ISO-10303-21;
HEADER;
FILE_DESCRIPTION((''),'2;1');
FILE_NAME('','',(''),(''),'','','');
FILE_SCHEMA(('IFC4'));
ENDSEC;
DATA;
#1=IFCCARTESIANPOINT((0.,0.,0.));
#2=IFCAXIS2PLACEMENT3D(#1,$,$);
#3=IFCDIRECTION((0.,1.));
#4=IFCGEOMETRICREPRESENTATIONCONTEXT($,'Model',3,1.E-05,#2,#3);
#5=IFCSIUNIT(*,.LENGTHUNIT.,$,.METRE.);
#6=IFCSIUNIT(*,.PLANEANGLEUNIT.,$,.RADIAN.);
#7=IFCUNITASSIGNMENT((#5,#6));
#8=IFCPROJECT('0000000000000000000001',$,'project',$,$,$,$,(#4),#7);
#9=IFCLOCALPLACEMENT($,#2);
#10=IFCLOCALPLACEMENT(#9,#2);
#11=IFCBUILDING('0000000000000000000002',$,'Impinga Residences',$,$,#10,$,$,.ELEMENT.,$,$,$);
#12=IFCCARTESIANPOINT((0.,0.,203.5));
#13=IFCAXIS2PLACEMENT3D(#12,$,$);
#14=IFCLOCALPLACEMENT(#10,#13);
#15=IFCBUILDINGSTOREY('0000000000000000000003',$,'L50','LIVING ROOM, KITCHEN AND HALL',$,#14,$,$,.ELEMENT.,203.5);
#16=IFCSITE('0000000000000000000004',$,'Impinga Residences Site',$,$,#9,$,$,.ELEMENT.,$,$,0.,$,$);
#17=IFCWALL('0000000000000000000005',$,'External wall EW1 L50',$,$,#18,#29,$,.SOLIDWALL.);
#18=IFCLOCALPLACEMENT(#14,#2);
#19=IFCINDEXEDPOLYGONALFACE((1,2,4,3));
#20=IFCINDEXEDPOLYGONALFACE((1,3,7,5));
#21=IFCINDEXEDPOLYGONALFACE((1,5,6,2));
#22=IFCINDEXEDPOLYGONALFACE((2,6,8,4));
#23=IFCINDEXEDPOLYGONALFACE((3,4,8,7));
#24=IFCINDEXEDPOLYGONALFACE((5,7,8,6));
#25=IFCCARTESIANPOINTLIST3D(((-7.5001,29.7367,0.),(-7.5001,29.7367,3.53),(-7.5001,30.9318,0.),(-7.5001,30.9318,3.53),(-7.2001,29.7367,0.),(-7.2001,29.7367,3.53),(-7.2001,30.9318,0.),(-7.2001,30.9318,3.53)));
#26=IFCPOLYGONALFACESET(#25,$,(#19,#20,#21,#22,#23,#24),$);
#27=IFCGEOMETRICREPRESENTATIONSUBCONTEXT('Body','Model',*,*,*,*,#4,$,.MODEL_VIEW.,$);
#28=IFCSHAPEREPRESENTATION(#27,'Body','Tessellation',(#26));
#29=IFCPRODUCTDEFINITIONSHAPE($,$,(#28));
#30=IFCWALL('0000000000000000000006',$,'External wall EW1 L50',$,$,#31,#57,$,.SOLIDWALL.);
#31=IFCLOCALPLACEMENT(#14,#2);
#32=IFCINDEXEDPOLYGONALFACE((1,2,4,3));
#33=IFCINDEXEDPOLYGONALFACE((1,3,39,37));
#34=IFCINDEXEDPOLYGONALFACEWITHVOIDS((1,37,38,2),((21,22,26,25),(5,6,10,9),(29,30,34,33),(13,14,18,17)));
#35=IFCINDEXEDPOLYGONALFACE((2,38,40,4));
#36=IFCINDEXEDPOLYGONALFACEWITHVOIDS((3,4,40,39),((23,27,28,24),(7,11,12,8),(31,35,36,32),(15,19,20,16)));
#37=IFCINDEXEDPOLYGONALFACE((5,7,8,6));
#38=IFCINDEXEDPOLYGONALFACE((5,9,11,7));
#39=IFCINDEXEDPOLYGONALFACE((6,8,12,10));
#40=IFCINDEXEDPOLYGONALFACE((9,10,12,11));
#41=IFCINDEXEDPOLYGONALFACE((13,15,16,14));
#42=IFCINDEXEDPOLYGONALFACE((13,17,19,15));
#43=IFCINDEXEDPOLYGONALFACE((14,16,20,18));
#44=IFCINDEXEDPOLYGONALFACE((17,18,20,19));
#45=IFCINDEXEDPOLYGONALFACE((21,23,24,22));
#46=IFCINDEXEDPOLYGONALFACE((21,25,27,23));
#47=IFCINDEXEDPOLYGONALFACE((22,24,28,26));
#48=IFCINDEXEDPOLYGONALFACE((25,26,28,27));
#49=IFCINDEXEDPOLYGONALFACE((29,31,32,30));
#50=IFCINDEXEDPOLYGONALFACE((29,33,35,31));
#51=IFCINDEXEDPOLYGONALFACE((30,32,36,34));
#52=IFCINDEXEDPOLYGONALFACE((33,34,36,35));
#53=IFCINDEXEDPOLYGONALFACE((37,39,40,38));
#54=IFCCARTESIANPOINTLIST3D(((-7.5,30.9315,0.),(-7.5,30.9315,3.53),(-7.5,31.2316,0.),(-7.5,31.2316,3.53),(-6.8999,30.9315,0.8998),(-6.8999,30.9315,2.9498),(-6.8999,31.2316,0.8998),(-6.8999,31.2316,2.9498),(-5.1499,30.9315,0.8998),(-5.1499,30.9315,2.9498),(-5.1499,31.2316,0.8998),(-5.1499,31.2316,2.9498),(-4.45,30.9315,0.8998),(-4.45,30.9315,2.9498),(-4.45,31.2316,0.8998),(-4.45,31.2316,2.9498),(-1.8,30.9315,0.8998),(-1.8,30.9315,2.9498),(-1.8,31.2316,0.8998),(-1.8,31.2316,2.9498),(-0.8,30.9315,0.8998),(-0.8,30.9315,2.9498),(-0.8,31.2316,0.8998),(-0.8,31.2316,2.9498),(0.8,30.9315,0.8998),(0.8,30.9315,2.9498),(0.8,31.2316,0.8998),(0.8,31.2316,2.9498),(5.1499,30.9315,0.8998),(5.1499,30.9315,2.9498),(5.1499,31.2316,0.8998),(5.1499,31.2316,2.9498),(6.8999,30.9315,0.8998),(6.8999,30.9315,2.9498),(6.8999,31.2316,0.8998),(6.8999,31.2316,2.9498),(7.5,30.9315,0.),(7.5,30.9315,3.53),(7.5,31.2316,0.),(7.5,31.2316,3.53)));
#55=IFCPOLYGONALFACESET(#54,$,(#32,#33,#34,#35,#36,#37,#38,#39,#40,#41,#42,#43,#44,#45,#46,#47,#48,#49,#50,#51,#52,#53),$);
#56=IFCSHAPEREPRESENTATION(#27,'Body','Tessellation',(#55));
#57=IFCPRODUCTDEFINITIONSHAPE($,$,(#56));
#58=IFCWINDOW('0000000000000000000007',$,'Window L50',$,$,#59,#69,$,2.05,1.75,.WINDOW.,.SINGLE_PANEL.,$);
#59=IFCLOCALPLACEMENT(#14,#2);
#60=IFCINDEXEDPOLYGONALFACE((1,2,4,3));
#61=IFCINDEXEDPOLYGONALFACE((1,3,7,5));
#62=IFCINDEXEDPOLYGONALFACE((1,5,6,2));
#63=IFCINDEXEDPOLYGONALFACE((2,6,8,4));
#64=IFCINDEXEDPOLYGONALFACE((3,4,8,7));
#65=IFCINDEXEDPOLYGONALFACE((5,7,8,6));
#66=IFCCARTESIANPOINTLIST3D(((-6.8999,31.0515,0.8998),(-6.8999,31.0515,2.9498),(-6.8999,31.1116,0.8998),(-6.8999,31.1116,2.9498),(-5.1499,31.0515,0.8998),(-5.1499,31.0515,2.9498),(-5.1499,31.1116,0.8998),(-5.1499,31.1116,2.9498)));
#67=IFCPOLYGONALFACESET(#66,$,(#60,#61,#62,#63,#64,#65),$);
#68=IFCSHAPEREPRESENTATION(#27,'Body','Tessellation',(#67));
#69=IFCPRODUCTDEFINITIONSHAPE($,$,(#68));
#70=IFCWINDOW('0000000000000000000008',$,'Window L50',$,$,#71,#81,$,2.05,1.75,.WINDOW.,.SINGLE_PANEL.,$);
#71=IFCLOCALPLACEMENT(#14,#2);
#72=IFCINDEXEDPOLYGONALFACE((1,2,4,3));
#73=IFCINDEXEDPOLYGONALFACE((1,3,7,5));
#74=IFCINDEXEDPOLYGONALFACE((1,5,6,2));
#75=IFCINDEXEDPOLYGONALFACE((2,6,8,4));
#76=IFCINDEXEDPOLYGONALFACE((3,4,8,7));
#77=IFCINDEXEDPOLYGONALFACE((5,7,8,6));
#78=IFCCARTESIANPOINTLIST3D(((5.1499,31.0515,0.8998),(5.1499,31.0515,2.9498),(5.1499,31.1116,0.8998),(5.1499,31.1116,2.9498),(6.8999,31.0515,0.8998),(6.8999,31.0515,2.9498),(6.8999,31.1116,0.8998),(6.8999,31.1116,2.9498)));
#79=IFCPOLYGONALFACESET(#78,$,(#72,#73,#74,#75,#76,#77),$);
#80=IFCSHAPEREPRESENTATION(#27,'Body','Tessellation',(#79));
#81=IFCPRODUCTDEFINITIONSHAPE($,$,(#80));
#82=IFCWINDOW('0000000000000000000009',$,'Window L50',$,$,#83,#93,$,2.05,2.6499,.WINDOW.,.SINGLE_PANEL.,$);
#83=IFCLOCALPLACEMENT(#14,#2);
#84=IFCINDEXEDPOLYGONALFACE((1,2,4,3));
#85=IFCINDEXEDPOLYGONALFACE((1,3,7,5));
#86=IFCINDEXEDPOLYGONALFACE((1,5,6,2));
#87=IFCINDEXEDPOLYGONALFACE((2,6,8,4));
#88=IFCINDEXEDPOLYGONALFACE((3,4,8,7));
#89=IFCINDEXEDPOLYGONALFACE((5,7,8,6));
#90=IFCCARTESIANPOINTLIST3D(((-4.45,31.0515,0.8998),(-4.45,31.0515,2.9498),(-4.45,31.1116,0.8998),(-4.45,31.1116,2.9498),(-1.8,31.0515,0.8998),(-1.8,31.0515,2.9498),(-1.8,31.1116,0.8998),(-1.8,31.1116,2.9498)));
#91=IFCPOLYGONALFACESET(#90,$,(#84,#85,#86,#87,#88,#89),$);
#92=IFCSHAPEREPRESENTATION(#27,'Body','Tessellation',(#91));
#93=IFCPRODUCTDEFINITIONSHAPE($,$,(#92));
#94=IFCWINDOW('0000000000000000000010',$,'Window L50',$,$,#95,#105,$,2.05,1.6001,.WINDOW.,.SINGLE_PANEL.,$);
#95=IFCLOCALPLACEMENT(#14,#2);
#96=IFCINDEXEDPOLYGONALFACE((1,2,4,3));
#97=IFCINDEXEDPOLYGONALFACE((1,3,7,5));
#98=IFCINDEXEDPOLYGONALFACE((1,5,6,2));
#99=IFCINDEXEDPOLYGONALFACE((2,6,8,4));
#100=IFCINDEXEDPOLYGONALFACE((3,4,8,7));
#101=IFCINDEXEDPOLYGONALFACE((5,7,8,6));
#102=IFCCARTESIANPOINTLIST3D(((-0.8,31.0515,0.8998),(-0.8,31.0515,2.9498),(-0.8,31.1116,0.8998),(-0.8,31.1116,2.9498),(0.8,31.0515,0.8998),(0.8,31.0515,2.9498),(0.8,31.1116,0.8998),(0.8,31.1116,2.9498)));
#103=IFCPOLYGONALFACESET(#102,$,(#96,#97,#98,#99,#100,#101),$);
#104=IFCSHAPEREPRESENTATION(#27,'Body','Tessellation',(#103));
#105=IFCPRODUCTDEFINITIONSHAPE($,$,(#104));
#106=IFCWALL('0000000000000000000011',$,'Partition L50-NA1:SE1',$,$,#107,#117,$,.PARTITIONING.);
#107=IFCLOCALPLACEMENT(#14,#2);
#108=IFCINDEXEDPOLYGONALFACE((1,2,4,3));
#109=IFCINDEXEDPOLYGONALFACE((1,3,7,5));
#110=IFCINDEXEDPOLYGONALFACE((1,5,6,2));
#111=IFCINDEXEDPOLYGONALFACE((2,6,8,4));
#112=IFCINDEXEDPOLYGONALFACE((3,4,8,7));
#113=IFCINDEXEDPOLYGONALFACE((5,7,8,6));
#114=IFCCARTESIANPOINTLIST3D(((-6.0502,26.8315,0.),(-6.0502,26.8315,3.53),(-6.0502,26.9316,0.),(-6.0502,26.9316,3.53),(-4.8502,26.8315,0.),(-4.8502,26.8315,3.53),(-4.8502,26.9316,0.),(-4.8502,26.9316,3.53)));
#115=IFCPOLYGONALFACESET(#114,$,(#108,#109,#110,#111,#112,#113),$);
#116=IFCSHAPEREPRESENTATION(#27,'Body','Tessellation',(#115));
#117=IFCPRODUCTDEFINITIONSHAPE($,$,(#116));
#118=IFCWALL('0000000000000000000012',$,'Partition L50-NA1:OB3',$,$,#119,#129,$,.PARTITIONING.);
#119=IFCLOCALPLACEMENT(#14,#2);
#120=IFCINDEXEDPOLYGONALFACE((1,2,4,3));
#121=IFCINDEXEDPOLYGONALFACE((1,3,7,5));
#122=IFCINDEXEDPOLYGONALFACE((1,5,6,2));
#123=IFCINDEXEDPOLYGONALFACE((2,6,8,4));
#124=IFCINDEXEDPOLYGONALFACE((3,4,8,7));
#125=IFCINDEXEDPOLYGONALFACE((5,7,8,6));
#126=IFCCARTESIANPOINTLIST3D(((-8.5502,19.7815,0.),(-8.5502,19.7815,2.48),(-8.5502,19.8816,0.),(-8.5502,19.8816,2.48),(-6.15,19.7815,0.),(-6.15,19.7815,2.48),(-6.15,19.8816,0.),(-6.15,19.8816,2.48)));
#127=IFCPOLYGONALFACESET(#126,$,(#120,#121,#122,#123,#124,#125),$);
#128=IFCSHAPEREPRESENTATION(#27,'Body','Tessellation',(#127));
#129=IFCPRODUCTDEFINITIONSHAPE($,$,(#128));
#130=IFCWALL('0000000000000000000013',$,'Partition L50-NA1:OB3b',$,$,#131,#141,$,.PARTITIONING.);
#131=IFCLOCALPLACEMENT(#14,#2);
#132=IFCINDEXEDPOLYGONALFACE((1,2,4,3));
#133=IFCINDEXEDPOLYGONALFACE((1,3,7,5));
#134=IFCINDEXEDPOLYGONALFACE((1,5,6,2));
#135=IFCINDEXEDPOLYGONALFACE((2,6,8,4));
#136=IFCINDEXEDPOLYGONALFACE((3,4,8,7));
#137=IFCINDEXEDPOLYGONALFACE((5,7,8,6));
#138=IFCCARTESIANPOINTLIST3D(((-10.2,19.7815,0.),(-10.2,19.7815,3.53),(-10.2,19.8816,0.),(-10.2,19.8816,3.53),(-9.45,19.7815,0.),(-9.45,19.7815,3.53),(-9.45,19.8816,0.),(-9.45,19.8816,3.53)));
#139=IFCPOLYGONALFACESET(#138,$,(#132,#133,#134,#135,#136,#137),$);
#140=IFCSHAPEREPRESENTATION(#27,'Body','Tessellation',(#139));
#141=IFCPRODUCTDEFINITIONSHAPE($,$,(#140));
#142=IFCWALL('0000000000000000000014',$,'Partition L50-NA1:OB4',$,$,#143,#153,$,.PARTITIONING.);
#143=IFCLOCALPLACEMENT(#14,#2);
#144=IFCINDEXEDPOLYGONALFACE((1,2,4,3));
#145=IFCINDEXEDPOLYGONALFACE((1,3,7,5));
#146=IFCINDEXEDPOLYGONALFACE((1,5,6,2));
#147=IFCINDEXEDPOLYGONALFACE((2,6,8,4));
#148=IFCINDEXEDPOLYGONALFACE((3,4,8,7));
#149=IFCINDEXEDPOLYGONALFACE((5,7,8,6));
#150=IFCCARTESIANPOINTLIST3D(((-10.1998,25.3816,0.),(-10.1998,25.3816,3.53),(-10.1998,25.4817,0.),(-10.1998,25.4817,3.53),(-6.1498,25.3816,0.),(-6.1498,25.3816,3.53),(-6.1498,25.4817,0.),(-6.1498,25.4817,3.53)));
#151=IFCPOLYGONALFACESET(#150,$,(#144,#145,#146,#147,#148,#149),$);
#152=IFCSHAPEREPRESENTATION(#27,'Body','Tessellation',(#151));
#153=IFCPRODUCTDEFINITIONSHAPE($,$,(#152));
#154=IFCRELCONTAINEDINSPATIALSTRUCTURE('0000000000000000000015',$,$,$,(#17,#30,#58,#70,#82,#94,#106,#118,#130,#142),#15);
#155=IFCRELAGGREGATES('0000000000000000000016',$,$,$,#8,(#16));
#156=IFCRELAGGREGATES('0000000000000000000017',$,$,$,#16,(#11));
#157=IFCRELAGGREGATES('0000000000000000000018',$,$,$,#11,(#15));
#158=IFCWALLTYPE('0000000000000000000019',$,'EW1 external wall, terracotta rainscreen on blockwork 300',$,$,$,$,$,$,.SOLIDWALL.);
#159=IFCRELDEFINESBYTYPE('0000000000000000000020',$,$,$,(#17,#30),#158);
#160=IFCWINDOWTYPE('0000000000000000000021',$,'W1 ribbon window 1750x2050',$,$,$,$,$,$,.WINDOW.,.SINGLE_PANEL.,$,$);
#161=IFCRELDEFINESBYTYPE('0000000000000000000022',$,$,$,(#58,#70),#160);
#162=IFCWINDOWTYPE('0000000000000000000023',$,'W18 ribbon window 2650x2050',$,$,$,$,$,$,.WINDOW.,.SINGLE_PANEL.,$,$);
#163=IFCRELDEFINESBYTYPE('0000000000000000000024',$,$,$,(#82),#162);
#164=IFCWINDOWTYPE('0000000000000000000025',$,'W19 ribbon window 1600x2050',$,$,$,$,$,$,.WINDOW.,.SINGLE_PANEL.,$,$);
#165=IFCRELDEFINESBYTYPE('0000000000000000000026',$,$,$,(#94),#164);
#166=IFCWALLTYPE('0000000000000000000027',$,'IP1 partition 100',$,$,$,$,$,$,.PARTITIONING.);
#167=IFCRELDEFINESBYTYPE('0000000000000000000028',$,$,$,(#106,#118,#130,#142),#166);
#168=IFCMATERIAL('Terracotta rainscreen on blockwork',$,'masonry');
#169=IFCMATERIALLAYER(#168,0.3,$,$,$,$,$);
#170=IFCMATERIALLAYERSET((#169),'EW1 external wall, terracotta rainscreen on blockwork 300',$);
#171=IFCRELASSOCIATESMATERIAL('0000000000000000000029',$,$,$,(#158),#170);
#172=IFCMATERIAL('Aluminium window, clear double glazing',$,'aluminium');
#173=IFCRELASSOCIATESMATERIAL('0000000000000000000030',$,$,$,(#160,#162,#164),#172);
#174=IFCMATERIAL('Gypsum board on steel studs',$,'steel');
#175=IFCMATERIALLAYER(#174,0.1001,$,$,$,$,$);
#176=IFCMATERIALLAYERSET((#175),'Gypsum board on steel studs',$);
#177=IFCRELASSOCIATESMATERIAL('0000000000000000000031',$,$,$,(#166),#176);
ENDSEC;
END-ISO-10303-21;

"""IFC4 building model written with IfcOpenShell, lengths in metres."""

from ifc_helpers import new_model, si_unit, direction, frame, frame_2d, origin, place, context, subcontext, project, spatial, rectangle, extrude, material, layer, layer_set, type_object, element, fill, save


model = new_model("IFC4")

# Units and contexts
model_context = context("Model", 3, precision=1e-05, world=origin(), true_north=direction((0.0, 1.0)))
body_context = subcontext(model_context, "Body", "Model", "MODEL_VIEW")
ifc_project = project(units=[si_unit("LENGTHUNIT", "METRE"), si_unit("PLANEANGLEUNIT", "RADIAN")], contexts=[model_context])

# Site, building, storey
site_placement = place(None, origin())
site = spatial("IfcSite", under=ifc_project, at=site_placement, Name="Impinga Residences Site", CompositionType="ELEMENT", RefElevation=0.0)
building_placement = place(site_placement, origin())
building = spatial("IfcBuilding", under=site, at=building_placement, Name="Impinga Residences", CompositionType="ELEMENT")
storey_placement = place(building_placement, frame((0.0, 0.0, 203.5)))
storey = spatial("IfcBuildingStorey", under=building, at=storey_placement, Name="L50", Description="LIVING ROOM, KITCHEN AND HALL", CompositionType="ELEMENT", Elevation=203.5)

# Wall
ifc_material_1 = material(Name="Terracotta rainscreen on blockwork", Category="masonry")
ifc_layer_1 = layer(ifc_material_1, 0.3)
ifc_layer_set_1 = layer_set([ifc_layer_1], Name="EW1 external wall, terracotta rainscreen on blockwork 300")
wall_type_1 = type_object("IfcWallType", Name="EW1 external wall, terracotta rainscreen on blockwork 300", PredefinedType="SOLIDWALL", material=ifc_layer_set_1)
wall_1_placement = place(storey_placement, frame((-7.3501, 29.7366, 0.0), z_axis=(0.0, 0.0, 1.0), x_axis=(0.0, 1.0, 0.0)))
element("IfcWall", 1, at=wall_1_placement, inside=storey, type_object=wall_type_1, Name="External wall EW1 L50", PredefinedType="SOLIDWALL", context=body_context, shape_type="SweptSolid", body=[
    extrude(rectangle(XDim=1.1951, YDim=0.3, at=frame_2d((0.5977, 0.0))), origin(), (0.0, 0.0, 1.0), 3.53),
])

# Wall, openings, windows
wall_2_placement = place(storey_placement, frame((-7.5, 31.0815, 0.0), z_axis=(0.0, 0.0, 1.0), x_axis=(1.0, 0.0, 0.0)))
wall_2 = element("IfcWall", 2, at=wall_2_placement, inside=storey, type_object=wall_type_1, Name="External wall EW1 L50", PredefinedType="SOLIDWALL", context=body_context, shape_type="SweptSolid", body=[
    extrude(rectangle(XDim=15.0, YDim=0.3, at=frame_2d((7.5, 0.0))), origin(), (0.0, 0.0, 1.0), 3.53),
])
opening_1_placement = place(wall_2_placement, frame((0.6001, 0.0, 0.8999)))
opening_1 = element("IfcOpeningElement", 3, at=opening_1_placement, cuts=wall_2, PredefinedType="OPENING", context=body_context, shape_type="SweptSolid", body=[
    extrude(rectangle(XDim=1.75, YDim=2.05, at=frame_2d((0.875, 1.0249))), frame((0.0, 0.1599, 0.0), z_axis=(0.0, -1.0, 0.0), x_axis=(1.0, 0.0, 0.0)), (0.0, 0.0, 1.0), 0.3201),
])
opening_2_placement = place(wall_2_placement, frame((3.05, 0.0, 0.8999)))
opening_2 = element("IfcOpeningElement", 4, at=opening_2_placement, cuts=wall_2, PredefinedType="OPENING", context=body_context, shape_type="SweptSolid", body=[
    extrude(rectangle(XDim=2.6499, YDim=2.05, at=frame_2d((1.325, 1.0249))), frame((0.0, 0.1599, 0.0), z_axis=(0.0, -1.0, 0.0), x_axis=(1.0, 0.0, 0.0)), (0.0, 0.0, 1.0), 0.3201),
])
opening_3_placement = place(wall_2_placement, frame((6.7, 0.0, 0.8999)))
opening_3 = element("IfcOpeningElement", 5, at=opening_3_placement, cuts=wall_2, PredefinedType="OPENING", context=body_context, shape_type="SweptSolid", body=[
    extrude(rectangle(XDim=1.6001, YDim=2.05, at=frame_2d((0.8, 1.0249))), frame((0.0, 0.1599, 0.0), z_axis=(0.0, -1.0, 0.0), x_axis=(1.0, 0.0, 0.0)), (0.0, 0.0, 1.0), 0.3201),
])
opening_4_placement = place(wall_2_placement, frame((12.6499, 0.0, 0.8999)))
opening_4 = element("IfcOpeningElement", 6, at=opening_4_placement, cuts=wall_2, PredefinedType="OPENING", context=body_context, shape_type="SweptSolid", body=[
    extrude(rectangle(XDim=1.75, YDim=2.05, at=frame_2d((0.875, 1.0249))), frame((0.0, 0.1599, 0.0), z_axis=(0.0, -1.0, 0.0), x_axis=(1.0, 0.0, 0.0)), (0.0, 0.0, 1.0), 0.3201),
])
ifc_material_2 = material(Name="Aluminium window, clear double glazing", Category="aluminium")
window_type_1 = type_object("IfcWindowType", Name="W1 ribbon window 1750x2050", PartitioningType="SINGLE_PANEL", PredefinedType="WINDOW", material=ifc_material_2)
window_1_placement = place(opening_1_placement, origin())
window_1 = element("IfcWindow", 7, at=window_1_placement, inside=storey, type_object=window_type_1, Name="Window L50", OverallHeight=2.05, OverallWidth=1.75, PartitioningType="SINGLE_PANEL", PredefinedType="WINDOW", context=body_context, shape_type="SweptSolid", body=[
    extrude(rectangle(XDim=1.75, YDim=2.05, at=frame_2d((0.875, 1.0249))), frame((0.0, 0.03, 0.0), z_axis=(0.0, -1.0, 0.0), x_axis=(1.0, 0.0, 0.0)), (0.0, 0.0, 1.0), 0.0601),
])
fill(opening_1, window_1)
window_2_placement = place(opening_4_placement, origin())
window_2 = element("IfcWindow", 8, at=window_2_placement, inside=storey, type_object=window_type_1, Name="Window L50", OverallHeight=2.05, OverallWidth=1.75, PartitioningType="SINGLE_PANEL", PredefinedType="WINDOW", context=body_context, shape_type="SweptSolid", body=[
    extrude(rectangle(XDim=1.75, YDim=2.05, at=frame_2d((0.875, 1.0249))), frame((0.0, 0.03, 0.0), z_axis=(0.0, -1.0, 0.0), x_axis=(1.0, 0.0, 0.0)), (0.0, 0.0, 1.0), 0.0601),
])
fill(opening_4, window_2)
window_type_2 = type_object("IfcWindowType", Name="W18 ribbon window 2650x2050", PartitioningType="SINGLE_PANEL", PredefinedType="WINDOW", material=ifc_material_2)
window_3_placement = place(opening_2_placement, origin())
window_3 = element("IfcWindow", 9, at=window_3_placement, inside=storey, type_object=window_type_2, Name="Window L50", OverallHeight=2.05, OverallWidth=2.6499, PartitioningType="SINGLE_PANEL", PredefinedType="WINDOW", context=body_context, shape_type="SweptSolid", body=[
    extrude(rectangle(XDim=2.6499, YDim=2.05, at=frame_2d((1.325, 1.0249))), frame((0.0, 0.03, 0.0), z_axis=(0.0, -1.0, 0.0), x_axis=(1.0, 0.0, 0.0)), (0.0, 0.0, 1.0), 0.0601),
])
fill(opening_2, window_3)
window_type_3 = type_object("IfcWindowType", Name="W19 ribbon window 1600x2050", PartitioningType="SINGLE_PANEL", PredefinedType="WINDOW", material=ifc_material_2)
window_4_placement = place(opening_3_placement, origin())
window_4 = element("IfcWindow", 10, at=window_4_placement, inside=storey, type_object=window_type_3, Name="Window L50", OverallHeight=2.05, OverallWidth=1.6001, PartitioningType="SINGLE_PANEL", PredefinedType="WINDOW", context=body_context, shape_type="SweptSolid", body=[
    extrude(rectangle(XDim=1.6001, YDim=2.05, at=frame_2d((0.8, 1.0249))), frame((0.0, 0.03, 0.0), z_axis=(0.0, -1.0, 0.0), x_axis=(1.0, 0.0, 0.0)), (0.0, 0.0, 1.0), 0.0601),
])
fill(opening_3, window_4)

# Walls
ifc_material_3 = material(Name="Gypsum board on steel studs", Category="steel")
ifc_layer_2 = layer(ifc_material_3, 0.1001)
ifc_layer_set_2 = layer_set([ifc_layer_2], Name="Gypsum board on steel studs")
wall_type_2 = type_object("IfcWallType", Name="IP1 partition 100", PredefinedType="PARTITIONING", material=ifc_layer_set_2)
wall_3_placement = place(storey_placement, frame((-4.8501, 26.8816, 0.0), z_axis=(0.0, 0.0, 1.0), x_axis=(-1.0, 0.0, 0.0)))
element("IfcWall", 11, at=wall_3_placement, inside=storey, type_object=wall_type_2, Name="Partition L50-NA1:SE1", PredefinedType="PARTITIONING", context=body_context, shape_type="SweptSolid", body=[
    extrude(rectangle(XDim=1.2, YDim=0.1001, at=frame_2d((0.6001, 0.0))), origin(), (0.0, 0.0, 1.0), 3.53),
])
wall_4_placement = place(storey_placement, frame((-6.1499, 19.8315, 0.0), z_axis=(0.0, 0.0, 1.0), x_axis=(-1.0, 0.0, 0.0)))
element("IfcWall", 12, at=wall_4_placement, inside=storey, type_object=wall_type_2, Name="Partition L50-NA1:OB3", PredefinedType="PARTITIONING", context=body_context, shape_type="SweptSolid", body=[
    extrude(rectangle(XDim=2.4001, YDim=0.1001, at=frame_2d((1.2002, 0.0))), origin(), (0.0, 0.0, 1.0), 2.48),
])
wall_5_placement = place(storey_placement, frame((-9.45, 19.8315, 0.0), z_axis=(0.0, 0.0, 1.0), x_axis=(-1.0, 0.0, 0.0)))
element("IfcWall", 13, at=wall_5_placement, inside=storey, type_object=wall_type_2, Name="Partition L50-NA1:OB3b", PredefinedType="PARTITIONING", context=body_context, shape_type="SweptSolid", body=[
    extrude(rectangle(XDim=0.75, YDim=0.1001, at=frame_2d((0.375, 0.0))), origin(), (0.0, 0.0, 1.0), 3.53),
])
wall_6_placement = place(storey_placement, frame((-6.1499, 25.4316, 0.0), z_axis=(0.0, 0.0, 1.0), x_axis=(-1.0, 0.0, 0.0)))
element("IfcWall", 14, at=wall_6_placement, inside=storey, type_object=wall_type_2, Name="Partition L50-NA1:OB4", PredefinedType="PARTITIONING", context=body_context, shape_type="SweptSolid", body=[
    extrude(rectangle(XDim=4.05, YDim=0.1001, at=frame_2d((2.0249, 0.0))), origin(), (0.0, 0.0, 1.0), 3.53),
])

save(model, "model.ifc")
